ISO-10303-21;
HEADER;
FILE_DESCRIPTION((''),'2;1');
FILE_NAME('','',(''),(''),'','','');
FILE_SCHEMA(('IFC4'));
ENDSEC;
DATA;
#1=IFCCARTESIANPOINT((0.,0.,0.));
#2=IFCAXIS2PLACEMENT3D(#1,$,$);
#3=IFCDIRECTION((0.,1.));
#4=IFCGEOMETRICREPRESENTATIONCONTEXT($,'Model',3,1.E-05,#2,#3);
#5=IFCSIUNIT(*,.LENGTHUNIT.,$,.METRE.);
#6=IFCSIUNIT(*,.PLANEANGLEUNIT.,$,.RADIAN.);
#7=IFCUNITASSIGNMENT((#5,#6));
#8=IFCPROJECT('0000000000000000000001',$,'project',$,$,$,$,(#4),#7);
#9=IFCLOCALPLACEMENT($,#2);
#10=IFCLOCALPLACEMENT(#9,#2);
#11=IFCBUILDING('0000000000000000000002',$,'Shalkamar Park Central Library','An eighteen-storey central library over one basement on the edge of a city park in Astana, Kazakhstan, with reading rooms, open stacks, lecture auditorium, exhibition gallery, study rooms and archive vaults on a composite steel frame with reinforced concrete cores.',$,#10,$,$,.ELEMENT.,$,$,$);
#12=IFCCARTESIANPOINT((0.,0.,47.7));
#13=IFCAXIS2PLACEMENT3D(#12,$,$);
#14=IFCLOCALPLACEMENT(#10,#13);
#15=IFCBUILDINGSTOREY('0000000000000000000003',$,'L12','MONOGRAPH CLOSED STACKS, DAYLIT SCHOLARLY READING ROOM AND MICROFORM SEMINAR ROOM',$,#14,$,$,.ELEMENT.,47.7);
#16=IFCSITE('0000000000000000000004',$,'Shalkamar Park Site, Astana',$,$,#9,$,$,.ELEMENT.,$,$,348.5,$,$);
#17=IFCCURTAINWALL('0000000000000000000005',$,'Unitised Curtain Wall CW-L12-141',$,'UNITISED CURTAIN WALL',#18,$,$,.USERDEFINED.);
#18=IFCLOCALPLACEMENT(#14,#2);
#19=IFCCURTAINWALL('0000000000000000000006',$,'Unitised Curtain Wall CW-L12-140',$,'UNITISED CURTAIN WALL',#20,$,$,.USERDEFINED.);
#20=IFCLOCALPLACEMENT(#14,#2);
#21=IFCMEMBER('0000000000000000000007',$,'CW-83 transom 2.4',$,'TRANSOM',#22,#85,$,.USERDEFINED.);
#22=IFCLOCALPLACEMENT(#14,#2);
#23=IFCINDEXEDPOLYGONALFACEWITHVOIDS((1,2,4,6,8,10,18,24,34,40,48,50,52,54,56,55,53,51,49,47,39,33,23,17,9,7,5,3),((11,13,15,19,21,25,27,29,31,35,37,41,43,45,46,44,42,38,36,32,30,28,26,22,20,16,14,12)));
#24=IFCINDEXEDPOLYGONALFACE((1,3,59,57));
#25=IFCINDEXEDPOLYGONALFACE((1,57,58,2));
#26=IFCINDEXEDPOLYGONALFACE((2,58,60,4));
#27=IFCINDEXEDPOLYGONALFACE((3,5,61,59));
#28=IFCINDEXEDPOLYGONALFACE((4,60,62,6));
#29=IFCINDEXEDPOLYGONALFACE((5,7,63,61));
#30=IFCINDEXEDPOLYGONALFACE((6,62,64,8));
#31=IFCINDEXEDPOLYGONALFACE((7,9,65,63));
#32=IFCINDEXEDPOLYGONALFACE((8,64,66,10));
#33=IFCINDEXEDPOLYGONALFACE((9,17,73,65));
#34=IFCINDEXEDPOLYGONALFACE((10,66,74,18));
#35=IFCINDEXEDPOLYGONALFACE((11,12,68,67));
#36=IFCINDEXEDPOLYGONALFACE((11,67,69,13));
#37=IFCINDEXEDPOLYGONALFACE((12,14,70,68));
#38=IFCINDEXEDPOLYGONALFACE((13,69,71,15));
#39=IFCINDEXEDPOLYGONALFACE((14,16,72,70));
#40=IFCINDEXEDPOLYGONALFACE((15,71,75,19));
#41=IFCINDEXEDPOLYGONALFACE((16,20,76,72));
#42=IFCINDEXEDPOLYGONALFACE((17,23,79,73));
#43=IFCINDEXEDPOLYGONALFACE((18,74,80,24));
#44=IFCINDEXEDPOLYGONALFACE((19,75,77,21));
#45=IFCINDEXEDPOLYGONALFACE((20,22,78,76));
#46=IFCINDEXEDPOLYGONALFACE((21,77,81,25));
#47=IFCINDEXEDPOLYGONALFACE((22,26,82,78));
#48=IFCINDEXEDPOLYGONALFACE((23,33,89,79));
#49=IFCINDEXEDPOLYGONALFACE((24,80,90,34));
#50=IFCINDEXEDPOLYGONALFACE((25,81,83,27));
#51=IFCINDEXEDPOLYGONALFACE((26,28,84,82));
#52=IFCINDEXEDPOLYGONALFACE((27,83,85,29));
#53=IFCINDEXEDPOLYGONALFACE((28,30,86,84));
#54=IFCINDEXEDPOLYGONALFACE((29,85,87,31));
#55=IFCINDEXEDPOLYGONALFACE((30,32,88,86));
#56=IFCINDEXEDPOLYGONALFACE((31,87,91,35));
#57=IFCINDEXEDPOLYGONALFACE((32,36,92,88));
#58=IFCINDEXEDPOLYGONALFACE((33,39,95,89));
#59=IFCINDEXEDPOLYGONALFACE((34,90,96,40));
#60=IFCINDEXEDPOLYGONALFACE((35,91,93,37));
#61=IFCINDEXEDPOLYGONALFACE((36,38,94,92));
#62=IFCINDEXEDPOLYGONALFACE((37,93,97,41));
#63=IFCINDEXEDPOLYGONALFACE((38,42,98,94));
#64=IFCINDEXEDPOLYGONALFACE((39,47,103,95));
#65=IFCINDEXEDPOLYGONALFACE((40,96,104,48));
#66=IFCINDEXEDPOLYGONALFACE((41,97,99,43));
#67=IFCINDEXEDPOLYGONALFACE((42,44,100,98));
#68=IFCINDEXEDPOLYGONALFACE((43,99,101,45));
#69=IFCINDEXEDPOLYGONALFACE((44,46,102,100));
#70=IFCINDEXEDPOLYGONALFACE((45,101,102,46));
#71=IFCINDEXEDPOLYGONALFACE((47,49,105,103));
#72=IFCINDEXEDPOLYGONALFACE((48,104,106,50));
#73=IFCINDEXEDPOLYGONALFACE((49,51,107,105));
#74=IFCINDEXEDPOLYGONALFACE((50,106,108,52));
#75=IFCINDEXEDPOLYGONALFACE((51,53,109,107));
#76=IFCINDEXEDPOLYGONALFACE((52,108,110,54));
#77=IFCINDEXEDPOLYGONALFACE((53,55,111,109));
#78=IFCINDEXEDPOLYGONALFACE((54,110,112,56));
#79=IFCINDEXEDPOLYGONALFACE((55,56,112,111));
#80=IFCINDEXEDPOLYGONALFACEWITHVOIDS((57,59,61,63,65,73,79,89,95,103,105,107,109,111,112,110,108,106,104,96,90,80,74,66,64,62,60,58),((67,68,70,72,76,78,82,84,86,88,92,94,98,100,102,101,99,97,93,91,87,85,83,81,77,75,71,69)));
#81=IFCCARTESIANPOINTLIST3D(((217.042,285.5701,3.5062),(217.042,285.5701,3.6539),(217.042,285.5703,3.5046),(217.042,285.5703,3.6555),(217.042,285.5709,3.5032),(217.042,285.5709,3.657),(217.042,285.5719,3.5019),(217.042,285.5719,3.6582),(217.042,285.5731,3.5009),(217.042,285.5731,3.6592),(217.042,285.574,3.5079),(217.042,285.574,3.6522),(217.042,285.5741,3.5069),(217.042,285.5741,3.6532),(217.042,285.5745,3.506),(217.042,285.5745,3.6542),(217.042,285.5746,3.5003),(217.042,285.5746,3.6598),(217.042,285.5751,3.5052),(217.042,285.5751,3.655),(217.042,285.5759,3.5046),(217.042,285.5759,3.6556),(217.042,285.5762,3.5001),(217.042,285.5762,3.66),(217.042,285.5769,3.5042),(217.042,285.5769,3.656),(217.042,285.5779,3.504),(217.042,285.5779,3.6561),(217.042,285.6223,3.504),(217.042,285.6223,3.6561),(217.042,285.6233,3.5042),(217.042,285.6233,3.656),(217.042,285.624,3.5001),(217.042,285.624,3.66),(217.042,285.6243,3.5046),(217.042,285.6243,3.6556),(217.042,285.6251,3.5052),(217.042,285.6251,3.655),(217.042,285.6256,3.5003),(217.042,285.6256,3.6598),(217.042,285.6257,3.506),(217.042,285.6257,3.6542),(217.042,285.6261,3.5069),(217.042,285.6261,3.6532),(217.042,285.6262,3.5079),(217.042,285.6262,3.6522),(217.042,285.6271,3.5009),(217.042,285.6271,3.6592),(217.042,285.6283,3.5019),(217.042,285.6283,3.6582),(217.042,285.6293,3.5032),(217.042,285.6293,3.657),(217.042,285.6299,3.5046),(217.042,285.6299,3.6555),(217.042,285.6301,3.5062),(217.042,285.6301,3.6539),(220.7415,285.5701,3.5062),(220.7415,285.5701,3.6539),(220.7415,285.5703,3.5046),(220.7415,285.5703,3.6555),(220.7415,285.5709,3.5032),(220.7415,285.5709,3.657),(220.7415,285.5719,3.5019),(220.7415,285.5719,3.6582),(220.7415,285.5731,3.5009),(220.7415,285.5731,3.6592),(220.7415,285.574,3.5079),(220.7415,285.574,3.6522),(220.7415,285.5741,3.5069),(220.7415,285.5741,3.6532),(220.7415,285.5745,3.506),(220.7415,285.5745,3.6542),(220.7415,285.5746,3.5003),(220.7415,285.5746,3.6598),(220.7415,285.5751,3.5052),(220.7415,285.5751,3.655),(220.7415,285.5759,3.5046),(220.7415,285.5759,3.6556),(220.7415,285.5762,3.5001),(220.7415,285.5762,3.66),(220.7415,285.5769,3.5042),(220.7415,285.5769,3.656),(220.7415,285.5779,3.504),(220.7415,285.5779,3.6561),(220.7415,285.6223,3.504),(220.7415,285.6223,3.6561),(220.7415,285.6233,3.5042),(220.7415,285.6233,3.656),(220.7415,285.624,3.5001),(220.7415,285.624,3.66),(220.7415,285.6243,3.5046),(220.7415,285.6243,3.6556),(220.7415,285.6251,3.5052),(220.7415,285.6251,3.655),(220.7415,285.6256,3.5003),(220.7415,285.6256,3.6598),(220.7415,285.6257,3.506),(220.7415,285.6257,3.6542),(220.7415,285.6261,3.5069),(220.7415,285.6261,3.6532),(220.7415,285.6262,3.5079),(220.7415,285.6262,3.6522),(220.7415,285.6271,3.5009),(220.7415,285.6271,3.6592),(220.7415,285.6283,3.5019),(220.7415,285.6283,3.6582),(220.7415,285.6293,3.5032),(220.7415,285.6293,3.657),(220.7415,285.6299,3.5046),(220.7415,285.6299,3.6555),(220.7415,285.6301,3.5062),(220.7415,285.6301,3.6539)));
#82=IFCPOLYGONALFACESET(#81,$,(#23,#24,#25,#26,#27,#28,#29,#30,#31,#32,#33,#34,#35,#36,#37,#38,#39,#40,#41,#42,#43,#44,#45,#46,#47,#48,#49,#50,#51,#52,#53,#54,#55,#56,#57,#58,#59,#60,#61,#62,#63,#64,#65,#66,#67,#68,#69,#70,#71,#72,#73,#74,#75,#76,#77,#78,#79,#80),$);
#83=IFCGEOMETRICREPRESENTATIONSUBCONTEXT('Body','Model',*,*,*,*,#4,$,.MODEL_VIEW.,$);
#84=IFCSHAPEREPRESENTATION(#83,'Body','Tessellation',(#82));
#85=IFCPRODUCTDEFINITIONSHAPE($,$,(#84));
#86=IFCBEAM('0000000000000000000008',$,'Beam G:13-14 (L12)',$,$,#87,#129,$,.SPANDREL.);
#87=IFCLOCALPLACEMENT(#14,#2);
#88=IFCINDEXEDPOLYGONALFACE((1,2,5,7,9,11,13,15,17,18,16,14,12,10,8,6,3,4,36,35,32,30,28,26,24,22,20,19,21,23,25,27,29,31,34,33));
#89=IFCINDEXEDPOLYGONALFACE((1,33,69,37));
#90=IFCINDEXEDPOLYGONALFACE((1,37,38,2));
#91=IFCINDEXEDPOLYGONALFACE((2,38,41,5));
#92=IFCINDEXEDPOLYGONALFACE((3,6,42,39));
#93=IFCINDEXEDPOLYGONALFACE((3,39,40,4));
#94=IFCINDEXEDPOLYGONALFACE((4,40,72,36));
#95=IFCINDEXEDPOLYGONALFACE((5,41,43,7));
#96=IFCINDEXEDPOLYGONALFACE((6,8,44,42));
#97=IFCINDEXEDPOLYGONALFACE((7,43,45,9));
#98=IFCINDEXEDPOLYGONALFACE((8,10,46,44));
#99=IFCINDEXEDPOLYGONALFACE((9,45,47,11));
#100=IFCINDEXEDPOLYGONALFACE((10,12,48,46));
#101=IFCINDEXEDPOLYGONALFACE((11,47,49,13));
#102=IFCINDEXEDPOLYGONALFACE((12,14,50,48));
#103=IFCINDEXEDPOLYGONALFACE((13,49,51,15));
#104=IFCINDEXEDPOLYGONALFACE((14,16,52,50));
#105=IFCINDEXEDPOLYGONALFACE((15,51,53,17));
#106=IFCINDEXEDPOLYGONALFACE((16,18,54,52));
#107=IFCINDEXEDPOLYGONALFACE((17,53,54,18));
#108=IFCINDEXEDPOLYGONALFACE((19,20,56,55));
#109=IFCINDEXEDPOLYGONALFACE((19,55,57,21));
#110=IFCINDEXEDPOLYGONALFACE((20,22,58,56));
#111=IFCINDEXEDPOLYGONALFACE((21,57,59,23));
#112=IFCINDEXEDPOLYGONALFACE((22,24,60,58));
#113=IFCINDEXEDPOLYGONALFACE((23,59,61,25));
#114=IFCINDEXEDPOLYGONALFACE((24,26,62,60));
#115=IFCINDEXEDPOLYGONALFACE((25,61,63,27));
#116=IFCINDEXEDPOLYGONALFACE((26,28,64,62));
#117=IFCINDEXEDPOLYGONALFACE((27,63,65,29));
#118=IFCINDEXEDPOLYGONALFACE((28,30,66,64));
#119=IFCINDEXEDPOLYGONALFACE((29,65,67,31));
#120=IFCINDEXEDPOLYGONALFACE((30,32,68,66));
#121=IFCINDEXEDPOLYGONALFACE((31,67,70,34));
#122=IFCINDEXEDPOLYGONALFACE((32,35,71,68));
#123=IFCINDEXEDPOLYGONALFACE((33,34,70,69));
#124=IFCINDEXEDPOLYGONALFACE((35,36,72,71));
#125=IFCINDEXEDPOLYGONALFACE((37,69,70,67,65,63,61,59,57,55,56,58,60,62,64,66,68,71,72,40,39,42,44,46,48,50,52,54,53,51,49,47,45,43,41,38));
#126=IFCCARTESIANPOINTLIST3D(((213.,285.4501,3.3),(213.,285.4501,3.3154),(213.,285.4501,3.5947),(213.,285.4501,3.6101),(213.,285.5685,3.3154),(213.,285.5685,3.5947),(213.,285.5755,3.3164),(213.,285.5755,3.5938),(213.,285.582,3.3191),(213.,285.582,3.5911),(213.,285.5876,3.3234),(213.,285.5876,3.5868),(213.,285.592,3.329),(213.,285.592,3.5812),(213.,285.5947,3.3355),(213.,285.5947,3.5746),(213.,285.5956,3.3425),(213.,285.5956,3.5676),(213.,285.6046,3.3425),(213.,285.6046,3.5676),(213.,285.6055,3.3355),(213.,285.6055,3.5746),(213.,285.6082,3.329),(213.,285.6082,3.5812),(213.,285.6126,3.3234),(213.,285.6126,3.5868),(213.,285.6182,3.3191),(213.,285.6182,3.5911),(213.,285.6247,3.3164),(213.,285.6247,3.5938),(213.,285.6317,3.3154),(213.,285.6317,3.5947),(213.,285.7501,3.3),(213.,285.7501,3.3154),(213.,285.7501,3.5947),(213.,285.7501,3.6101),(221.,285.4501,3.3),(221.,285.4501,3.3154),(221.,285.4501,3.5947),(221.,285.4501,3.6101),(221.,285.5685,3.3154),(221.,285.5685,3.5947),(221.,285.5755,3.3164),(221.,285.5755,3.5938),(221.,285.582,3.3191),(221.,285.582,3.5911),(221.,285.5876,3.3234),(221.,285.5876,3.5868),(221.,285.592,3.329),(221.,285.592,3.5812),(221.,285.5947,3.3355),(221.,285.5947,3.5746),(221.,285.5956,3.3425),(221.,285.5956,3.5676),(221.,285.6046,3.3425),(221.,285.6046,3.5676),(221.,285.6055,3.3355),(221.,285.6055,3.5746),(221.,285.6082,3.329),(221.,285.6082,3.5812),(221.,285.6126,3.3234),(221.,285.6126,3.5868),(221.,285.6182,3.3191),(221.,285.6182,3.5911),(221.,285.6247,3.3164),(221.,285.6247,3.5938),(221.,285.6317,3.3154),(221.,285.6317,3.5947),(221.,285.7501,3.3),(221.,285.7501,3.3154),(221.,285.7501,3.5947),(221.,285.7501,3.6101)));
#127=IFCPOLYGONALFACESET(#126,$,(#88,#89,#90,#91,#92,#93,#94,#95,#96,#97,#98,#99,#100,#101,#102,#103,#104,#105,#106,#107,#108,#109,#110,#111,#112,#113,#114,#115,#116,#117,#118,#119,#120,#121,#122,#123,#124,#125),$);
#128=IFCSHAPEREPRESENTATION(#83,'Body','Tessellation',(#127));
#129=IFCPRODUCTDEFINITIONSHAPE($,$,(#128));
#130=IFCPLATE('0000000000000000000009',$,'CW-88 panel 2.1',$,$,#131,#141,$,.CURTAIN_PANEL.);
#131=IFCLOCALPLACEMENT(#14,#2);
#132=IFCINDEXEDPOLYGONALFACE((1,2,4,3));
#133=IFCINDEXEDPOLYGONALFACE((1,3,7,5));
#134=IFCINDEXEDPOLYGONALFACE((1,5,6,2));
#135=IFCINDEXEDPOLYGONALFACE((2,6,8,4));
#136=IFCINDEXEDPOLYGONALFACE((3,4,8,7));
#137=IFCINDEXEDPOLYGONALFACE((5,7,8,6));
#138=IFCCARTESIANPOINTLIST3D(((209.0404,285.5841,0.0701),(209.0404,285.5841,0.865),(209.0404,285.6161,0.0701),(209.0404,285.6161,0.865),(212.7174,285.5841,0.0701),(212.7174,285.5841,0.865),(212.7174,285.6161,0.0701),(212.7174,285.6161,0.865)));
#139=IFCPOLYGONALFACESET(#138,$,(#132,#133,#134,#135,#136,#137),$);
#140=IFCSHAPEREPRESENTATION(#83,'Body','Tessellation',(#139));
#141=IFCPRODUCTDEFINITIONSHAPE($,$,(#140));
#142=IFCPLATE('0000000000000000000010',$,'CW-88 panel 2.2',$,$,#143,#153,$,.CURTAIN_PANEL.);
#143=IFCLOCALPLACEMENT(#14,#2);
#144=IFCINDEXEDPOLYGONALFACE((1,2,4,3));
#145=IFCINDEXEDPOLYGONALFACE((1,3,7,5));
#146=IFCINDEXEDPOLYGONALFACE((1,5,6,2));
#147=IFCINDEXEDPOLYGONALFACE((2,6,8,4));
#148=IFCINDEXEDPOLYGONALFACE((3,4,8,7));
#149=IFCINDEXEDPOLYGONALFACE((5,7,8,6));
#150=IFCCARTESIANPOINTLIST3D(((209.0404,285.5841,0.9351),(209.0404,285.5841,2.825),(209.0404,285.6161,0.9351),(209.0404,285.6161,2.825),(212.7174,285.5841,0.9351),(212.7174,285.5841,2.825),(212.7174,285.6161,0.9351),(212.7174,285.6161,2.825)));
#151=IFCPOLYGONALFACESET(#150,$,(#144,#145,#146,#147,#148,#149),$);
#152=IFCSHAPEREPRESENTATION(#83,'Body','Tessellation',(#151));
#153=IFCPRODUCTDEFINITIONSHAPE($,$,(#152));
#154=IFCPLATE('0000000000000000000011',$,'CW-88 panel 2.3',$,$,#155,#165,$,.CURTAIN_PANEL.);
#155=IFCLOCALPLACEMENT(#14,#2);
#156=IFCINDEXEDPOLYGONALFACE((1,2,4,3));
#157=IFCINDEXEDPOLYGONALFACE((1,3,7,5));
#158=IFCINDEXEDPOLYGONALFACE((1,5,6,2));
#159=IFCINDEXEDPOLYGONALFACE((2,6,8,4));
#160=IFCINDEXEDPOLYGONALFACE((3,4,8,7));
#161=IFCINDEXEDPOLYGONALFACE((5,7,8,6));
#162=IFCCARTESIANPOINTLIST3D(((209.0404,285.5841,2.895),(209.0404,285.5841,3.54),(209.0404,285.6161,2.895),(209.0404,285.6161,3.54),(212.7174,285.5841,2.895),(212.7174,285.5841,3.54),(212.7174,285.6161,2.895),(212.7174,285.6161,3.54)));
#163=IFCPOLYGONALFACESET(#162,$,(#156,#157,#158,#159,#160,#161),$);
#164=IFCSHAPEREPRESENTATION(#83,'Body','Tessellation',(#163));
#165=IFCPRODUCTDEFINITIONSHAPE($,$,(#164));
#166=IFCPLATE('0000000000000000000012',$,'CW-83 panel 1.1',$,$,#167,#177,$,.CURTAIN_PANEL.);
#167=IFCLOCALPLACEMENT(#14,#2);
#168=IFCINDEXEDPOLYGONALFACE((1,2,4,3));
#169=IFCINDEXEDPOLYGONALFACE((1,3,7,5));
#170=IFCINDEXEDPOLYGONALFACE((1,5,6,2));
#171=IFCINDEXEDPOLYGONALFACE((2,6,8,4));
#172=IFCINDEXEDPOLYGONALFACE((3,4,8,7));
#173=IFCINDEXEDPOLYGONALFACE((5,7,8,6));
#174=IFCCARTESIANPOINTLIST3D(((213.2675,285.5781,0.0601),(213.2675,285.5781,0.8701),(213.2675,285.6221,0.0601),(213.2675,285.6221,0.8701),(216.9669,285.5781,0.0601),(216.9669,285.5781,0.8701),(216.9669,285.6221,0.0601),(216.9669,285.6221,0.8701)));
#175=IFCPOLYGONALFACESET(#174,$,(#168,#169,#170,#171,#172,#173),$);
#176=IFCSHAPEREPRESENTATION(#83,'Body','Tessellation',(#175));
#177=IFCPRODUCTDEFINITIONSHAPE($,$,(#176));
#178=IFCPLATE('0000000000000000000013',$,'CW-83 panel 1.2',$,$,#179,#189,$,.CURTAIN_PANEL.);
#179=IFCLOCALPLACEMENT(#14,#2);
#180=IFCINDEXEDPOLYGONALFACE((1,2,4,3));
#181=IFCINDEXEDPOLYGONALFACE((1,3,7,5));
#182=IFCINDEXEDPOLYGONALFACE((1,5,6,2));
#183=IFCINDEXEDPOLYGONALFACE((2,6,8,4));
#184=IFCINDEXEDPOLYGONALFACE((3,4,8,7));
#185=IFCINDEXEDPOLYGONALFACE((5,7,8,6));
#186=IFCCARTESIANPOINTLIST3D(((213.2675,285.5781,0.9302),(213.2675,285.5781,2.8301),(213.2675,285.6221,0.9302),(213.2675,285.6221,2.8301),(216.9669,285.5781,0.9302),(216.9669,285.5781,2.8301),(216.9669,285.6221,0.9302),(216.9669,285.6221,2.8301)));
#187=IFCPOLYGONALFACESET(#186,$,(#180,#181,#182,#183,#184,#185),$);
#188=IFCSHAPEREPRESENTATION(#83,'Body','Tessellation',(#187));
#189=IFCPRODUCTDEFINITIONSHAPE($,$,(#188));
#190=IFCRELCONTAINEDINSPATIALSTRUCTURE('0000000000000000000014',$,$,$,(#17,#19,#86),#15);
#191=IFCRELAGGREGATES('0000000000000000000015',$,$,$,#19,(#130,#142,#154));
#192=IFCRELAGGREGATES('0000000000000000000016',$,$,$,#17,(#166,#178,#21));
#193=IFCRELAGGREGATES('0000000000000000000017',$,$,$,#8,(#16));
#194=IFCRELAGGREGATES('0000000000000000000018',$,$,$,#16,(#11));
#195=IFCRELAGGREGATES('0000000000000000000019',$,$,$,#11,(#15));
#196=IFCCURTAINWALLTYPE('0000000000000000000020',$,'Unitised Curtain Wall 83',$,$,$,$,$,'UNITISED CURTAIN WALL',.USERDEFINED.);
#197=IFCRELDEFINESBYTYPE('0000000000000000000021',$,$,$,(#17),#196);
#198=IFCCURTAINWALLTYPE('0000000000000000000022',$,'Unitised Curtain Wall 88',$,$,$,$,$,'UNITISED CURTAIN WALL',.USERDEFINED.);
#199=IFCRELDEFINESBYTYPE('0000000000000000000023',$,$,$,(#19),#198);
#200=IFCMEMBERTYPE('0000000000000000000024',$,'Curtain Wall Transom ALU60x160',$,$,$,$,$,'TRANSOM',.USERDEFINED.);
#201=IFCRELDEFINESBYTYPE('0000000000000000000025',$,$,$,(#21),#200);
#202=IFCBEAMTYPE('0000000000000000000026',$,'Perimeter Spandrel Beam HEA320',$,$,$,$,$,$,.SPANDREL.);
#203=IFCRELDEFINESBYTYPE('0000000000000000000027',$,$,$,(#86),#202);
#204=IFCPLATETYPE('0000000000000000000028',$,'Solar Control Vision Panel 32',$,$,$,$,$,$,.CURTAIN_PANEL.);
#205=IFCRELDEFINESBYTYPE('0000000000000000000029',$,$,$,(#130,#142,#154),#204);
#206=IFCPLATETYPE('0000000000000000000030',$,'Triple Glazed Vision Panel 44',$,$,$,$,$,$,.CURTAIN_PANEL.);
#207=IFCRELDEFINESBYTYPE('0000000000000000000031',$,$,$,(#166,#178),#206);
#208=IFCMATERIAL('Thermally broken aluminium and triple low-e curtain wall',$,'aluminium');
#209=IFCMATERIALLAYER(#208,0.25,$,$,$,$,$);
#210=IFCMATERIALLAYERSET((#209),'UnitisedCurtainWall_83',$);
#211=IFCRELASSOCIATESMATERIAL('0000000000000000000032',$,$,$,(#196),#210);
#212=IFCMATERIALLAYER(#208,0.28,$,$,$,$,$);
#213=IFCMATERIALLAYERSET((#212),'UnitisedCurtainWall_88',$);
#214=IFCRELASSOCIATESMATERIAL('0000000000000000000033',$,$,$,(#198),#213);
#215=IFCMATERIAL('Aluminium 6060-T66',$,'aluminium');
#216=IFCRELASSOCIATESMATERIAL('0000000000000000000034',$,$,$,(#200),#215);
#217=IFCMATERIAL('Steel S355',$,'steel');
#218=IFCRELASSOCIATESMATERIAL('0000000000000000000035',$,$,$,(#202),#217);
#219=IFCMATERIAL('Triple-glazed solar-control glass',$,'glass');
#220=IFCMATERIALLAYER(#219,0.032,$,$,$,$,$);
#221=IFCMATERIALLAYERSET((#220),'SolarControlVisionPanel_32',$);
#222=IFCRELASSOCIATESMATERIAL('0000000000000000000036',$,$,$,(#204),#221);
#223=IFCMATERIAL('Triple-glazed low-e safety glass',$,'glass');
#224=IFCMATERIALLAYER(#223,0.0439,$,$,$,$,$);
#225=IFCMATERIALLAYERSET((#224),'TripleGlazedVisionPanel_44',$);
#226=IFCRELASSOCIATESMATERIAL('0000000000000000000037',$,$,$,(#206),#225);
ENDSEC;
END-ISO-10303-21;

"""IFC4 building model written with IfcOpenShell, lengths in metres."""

from ifc_helpers import new_model, si_unit, direction, frame, origin, origin_2d, place, context, subcontext, project, spatial, rectangle, hollow_rectangle, i_section, extrude, material, layer, layer_set, material_profile, profile_set, type_object, element, aggregate, save


model = new_model("IFC4")

# Units and contexts
model_context = context("Model", 3, precision=1e-05, world=origin(), true_north=direction((0.0, 1.0)))
body_context = subcontext(model_context, "Body", "Model", "MODEL_VIEW")
ifc_project = project(units=[si_unit("LENGTHUNIT", "METRE"), si_unit("PLANEANGLEUNIT", "RADIAN")], contexts=[model_context])

# Site, building, storey
site_placement = place(None, origin())
site = spatial("IfcSite", under=ifc_project, at=site_placement, Name="Shalkamar Park Site, Astana", CompositionType="ELEMENT", RefElevation=348.5)
building_placement = place(site_placement, origin())
building = spatial("IfcBuilding", under=site, at=building_placement, Name="Shalkamar Park Central Library", Description="An eighteen-storey central library over one basement on the edge of a city park in Astana, Kazakhstan, with reading rooms, open stacks, lecture auditorium, exhibition gallery, study rooms and archive vaults on a composite steel frame with reinforced concrete cores.", CompositionType="ELEMENT")
storey_placement = place(building_placement, frame((0.0, 0.0, 47.7)))
storey = spatial("IfcBuildingStorey", under=building, at=storey_placement, Name="L12", Description="MONOGRAPH CLOSED STACKS, DAYLIT SCHOLARLY READING ROOM AND MICROFORM SEMINAR ROOM", CompositionType="ELEMENT", Elevation=47.7)

# Shared definitions
ifc_material_1 = material(Name="Steel S355", Category="steel")

# Curtain wall
ifc_material_2 = material(Name="Thermally broken aluminium and triple low-e curtain wall", Category="aluminium")
ifc_layer_1 = layer(ifc_material_2, 0.25)
ifc_layer_set_1 = layer_set([ifc_layer_1], Name="UnitisedCurtainWall_83")
curtain_wall_type_1 = type_object("IfcCurtainWallType", Name="Unitised Curtain Wall 83", ElementType="UNITISED CURTAIN WALL", PredefinedType="USERDEFINED", material=ifc_layer_set_1)
curtain_wall_1_placement = place(storey_placement, origin())
curtain_wall_1 = element("IfcCurtainWall", 1, at=curtain_wall_1_placement, inside=storey, type_object=curtain_wall_type_1, Name="Unitised Curtain Wall CW-L12-141", ObjectType="UNITISED CURTAIN WALL", PredefinedType="USERDEFINED")
ifc_material_3 = material(Name="Aluminium 6060-T66", Category="aluminium")

# Curtain wall
ifc_layer_2 = layer(ifc_material_2, 0.28)
ifc_layer_set_2 = layer_set([ifc_layer_2], Name="UnitisedCurtainWall_88")
curtain_wall_type_2 = type_object("IfcCurtainWallType", Name="Unitised Curtain Wall 88", ElementType="UNITISED CURTAIN WALL", PredefinedType="USERDEFINED", material=ifc_layer_set_2)
curtain_wall_2_placement = place(storey_placement, origin())
curtain_wall_2 = element("IfcCurtainWall", 2, at=curtain_wall_2_placement, inside=storey, type_object=curtain_wall_type_2, Name="Unitised Curtain Wall CW-L12-140", ObjectType="UNITISED CURTAIN WALL", PredefinedType="USERDEFINED")

# Member
ifc_material_profile_1 = material_profile(ifc_material_3, hollow_rectangle(XDim=0.0601, YDim=0.1599, WallThickness=0.0039, InnerFilletRadius=0.0039, OuterFilletRadius=0.0061, at=origin_2d()), Name="ALU 60x160x4")
ifc_profile_set_1 = profile_set([ifc_material_profile_1], Name="Aluminium 6060-T66")
member_type_1 = type_object("IfcMemberType", Name="Curtain Wall Transom ALU60x160", ElementType="TRANSOM", PredefinedType="USERDEFINED", material=ifc_profile_set_1)
member_1_placement = place(storey_placement, frame((217.042, 285.6001, 3.5801), z_axis=(1.0, 0.0, 0.0), x_axis=(0.0, 1.0, 0.0)))
member_1 = element("IfcMember", 3, at=member_1_placement, type_object=member_type_1, Name="CW-83 transom 2.4", ObjectType="TRANSOM", PredefinedType="USERDEFINED", context=body_context, shape_type="SweptSolid", body=[
    extrude(hollow_rectangle(XDim=0.0601, YDim=0.1599, WallThickness=0.0039, InnerFilletRadius=0.0039, OuterFilletRadius=0.0061, at=origin_2d()), origin(), (0.0, 0.0, 1.0), 3.6995),
])

# Beam
ifc_material_profile_2 = material_profile(ifc_material_1, i_section(OverallWidth=0.3, OverallDepth=0.3101, WebThickness=0.009, FlangeThickness=0.0154, FilletRadius=0.0271, at=origin_2d()), Name="HEA 320")
ifc_profile_set_2 = profile_set([ifc_material_profile_2], Name="Steel S355")
beam_type = type_object("IfcBeamType", Name="Perimeter Spandrel Beam HEA320", PredefinedType="SPANDREL", material=ifc_profile_set_2)
beam_placement = place(storey_placement, frame((213.0, 285.6001, 3.4551), z_axis=(1.0, 0.0, 0.0), x_axis=(0.0, 1.0, 0.0)))
element("IfcBeam", 4, at=beam_placement, inside=storey, type_object=beam_type, Name="Beam G:13-14 (L12)", PredefinedType="SPANDREL", context=body_context, shape_type="SweptSolid", body=[
    extrude(i_section(OverallWidth=0.3, OverallDepth=0.3101, WebThickness=0.009, FlangeThickness=0.0154, FilletRadius=0.0271, at=origin_2d()), origin(), (0.0, 0.0, 1.0), 8.0),
])

# Plates
ifc_material_4 = material(Name="Triple-glazed solar-control glass", Category="glass")
ifc_layer_3 = layer(ifc_material_4, 0.032)
ifc_layer_set_3 = layer_set([ifc_layer_3], Name="SolarControlVisionPanel_32")
plate_type_1 = type_object("IfcPlateType", Name="Solar Control Vision Panel 32", PredefinedType="CURTAIN_PANEL", material=ifc_layer_set_3)
plate_1_placement = place(storey_placement, frame((210.8789, 285.6001, 0.0701), z_axis=(0.0, 0.0, 1.0), x_axis=(1.0, 0.0, 0.0)))
plate_1 = element("IfcPlate", 5, at=plate_1_placement, type_object=plate_type_1, Name="CW-88 panel 2.1", PredefinedType="CURTAIN_PANEL", context=body_context, shape_type="SweptSolid", body=[
    extrude(rectangle(XDim=3.677, YDim=0.032, at=origin_2d()), origin(), (0.0, 0.0, 1.0), 0.7949),
])
plate_2_placement = place(storey_placement, frame((210.8789, 285.6001, 0.9351), z_axis=(0.0, 0.0, 1.0), x_axis=(1.0, 0.0, 0.0)))
plate_2 = element("IfcPlate", 6, at=plate_2_placement, type_object=plate_type_1, Name="CW-88 panel 2.2", PredefinedType="CURTAIN_PANEL", context=body_context, shape_type="SweptSolid", body=[
    extrude(rectangle(XDim=3.677, YDim=0.032, at=origin_2d()), origin(), (0.0, 0.0, 1.0), 1.8899),
])
plate_3_placement = place(storey_placement, frame((210.8789, 285.6001, 2.895), z_axis=(0.0, 0.0, 1.0), x_axis=(1.0, 0.0, 0.0)))
plate_3 = element("IfcPlate", 7, at=plate_3_placement, type_object=plate_type_1, Name="CW-88 panel 2.3", PredefinedType="CURTAIN_PANEL", context=body_context, shape_type="SweptSolid", body=[
    extrude(rectangle(XDim=3.677, YDim=0.032, at=origin_2d()), origin(), (0.0, 0.0, 1.0), 0.645),
])
aggregate(curtain_wall_2, [plate_1, plate_2, plate_3])
ifc_material_5 = material(Name="Triple-glazed low-e safety glass", Category="glass")
ifc_layer_4 = layer(ifc_material_5, 0.0439)
ifc_layer_set_4 = layer_set([ifc_layer_4], Name="TripleGlazedVisionPanel_44")
plate_type_2 = type_object("IfcPlateType", Name="Triple Glazed Vision Panel 44", PredefinedType="CURTAIN_PANEL", material=ifc_layer_set_4)
plate_4_placement = place(storey_placement, frame((215.1172, 285.6001, 0.0601), z_axis=(0.0, 0.0, 1.0), x_axis=(1.0, 0.0, 0.0)))
plate_4 = element("IfcPlate", 8, at=plate_4_placement, type_object=plate_type_2, Name="CW-83 panel 1.1", PredefinedType="CURTAIN_PANEL", context=body_context, shape_type="SweptSolid", body=[
    extrude(rectangle(XDim=3.6995, YDim=0.0439, at=origin_2d()), origin(), (0.0, 0.0, 1.0), 0.8101),
])
plate_5_placement = place(storey_placement, frame((215.1172, 285.6001, 0.9302), z_axis=(0.0, 0.0, 1.0), x_axis=(1.0, 0.0, 0.0)))
plate_5 = element("IfcPlate", 9, at=plate_5_placement, type_object=plate_type_2, Name="CW-83 panel 1.2", PredefinedType="CURTAIN_PANEL", context=body_context, shape_type="SweptSolid", body=[
    extrude(rectangle(XDim=3.6995, YDim=0.0439, at=origin_2d()), origin(), (0.0, 0.0, 1.0), 1.8999),
])
aggregate(curtain_wall_1, [plate_4, plate_5, member_1])

save(model, "model.ifc")
